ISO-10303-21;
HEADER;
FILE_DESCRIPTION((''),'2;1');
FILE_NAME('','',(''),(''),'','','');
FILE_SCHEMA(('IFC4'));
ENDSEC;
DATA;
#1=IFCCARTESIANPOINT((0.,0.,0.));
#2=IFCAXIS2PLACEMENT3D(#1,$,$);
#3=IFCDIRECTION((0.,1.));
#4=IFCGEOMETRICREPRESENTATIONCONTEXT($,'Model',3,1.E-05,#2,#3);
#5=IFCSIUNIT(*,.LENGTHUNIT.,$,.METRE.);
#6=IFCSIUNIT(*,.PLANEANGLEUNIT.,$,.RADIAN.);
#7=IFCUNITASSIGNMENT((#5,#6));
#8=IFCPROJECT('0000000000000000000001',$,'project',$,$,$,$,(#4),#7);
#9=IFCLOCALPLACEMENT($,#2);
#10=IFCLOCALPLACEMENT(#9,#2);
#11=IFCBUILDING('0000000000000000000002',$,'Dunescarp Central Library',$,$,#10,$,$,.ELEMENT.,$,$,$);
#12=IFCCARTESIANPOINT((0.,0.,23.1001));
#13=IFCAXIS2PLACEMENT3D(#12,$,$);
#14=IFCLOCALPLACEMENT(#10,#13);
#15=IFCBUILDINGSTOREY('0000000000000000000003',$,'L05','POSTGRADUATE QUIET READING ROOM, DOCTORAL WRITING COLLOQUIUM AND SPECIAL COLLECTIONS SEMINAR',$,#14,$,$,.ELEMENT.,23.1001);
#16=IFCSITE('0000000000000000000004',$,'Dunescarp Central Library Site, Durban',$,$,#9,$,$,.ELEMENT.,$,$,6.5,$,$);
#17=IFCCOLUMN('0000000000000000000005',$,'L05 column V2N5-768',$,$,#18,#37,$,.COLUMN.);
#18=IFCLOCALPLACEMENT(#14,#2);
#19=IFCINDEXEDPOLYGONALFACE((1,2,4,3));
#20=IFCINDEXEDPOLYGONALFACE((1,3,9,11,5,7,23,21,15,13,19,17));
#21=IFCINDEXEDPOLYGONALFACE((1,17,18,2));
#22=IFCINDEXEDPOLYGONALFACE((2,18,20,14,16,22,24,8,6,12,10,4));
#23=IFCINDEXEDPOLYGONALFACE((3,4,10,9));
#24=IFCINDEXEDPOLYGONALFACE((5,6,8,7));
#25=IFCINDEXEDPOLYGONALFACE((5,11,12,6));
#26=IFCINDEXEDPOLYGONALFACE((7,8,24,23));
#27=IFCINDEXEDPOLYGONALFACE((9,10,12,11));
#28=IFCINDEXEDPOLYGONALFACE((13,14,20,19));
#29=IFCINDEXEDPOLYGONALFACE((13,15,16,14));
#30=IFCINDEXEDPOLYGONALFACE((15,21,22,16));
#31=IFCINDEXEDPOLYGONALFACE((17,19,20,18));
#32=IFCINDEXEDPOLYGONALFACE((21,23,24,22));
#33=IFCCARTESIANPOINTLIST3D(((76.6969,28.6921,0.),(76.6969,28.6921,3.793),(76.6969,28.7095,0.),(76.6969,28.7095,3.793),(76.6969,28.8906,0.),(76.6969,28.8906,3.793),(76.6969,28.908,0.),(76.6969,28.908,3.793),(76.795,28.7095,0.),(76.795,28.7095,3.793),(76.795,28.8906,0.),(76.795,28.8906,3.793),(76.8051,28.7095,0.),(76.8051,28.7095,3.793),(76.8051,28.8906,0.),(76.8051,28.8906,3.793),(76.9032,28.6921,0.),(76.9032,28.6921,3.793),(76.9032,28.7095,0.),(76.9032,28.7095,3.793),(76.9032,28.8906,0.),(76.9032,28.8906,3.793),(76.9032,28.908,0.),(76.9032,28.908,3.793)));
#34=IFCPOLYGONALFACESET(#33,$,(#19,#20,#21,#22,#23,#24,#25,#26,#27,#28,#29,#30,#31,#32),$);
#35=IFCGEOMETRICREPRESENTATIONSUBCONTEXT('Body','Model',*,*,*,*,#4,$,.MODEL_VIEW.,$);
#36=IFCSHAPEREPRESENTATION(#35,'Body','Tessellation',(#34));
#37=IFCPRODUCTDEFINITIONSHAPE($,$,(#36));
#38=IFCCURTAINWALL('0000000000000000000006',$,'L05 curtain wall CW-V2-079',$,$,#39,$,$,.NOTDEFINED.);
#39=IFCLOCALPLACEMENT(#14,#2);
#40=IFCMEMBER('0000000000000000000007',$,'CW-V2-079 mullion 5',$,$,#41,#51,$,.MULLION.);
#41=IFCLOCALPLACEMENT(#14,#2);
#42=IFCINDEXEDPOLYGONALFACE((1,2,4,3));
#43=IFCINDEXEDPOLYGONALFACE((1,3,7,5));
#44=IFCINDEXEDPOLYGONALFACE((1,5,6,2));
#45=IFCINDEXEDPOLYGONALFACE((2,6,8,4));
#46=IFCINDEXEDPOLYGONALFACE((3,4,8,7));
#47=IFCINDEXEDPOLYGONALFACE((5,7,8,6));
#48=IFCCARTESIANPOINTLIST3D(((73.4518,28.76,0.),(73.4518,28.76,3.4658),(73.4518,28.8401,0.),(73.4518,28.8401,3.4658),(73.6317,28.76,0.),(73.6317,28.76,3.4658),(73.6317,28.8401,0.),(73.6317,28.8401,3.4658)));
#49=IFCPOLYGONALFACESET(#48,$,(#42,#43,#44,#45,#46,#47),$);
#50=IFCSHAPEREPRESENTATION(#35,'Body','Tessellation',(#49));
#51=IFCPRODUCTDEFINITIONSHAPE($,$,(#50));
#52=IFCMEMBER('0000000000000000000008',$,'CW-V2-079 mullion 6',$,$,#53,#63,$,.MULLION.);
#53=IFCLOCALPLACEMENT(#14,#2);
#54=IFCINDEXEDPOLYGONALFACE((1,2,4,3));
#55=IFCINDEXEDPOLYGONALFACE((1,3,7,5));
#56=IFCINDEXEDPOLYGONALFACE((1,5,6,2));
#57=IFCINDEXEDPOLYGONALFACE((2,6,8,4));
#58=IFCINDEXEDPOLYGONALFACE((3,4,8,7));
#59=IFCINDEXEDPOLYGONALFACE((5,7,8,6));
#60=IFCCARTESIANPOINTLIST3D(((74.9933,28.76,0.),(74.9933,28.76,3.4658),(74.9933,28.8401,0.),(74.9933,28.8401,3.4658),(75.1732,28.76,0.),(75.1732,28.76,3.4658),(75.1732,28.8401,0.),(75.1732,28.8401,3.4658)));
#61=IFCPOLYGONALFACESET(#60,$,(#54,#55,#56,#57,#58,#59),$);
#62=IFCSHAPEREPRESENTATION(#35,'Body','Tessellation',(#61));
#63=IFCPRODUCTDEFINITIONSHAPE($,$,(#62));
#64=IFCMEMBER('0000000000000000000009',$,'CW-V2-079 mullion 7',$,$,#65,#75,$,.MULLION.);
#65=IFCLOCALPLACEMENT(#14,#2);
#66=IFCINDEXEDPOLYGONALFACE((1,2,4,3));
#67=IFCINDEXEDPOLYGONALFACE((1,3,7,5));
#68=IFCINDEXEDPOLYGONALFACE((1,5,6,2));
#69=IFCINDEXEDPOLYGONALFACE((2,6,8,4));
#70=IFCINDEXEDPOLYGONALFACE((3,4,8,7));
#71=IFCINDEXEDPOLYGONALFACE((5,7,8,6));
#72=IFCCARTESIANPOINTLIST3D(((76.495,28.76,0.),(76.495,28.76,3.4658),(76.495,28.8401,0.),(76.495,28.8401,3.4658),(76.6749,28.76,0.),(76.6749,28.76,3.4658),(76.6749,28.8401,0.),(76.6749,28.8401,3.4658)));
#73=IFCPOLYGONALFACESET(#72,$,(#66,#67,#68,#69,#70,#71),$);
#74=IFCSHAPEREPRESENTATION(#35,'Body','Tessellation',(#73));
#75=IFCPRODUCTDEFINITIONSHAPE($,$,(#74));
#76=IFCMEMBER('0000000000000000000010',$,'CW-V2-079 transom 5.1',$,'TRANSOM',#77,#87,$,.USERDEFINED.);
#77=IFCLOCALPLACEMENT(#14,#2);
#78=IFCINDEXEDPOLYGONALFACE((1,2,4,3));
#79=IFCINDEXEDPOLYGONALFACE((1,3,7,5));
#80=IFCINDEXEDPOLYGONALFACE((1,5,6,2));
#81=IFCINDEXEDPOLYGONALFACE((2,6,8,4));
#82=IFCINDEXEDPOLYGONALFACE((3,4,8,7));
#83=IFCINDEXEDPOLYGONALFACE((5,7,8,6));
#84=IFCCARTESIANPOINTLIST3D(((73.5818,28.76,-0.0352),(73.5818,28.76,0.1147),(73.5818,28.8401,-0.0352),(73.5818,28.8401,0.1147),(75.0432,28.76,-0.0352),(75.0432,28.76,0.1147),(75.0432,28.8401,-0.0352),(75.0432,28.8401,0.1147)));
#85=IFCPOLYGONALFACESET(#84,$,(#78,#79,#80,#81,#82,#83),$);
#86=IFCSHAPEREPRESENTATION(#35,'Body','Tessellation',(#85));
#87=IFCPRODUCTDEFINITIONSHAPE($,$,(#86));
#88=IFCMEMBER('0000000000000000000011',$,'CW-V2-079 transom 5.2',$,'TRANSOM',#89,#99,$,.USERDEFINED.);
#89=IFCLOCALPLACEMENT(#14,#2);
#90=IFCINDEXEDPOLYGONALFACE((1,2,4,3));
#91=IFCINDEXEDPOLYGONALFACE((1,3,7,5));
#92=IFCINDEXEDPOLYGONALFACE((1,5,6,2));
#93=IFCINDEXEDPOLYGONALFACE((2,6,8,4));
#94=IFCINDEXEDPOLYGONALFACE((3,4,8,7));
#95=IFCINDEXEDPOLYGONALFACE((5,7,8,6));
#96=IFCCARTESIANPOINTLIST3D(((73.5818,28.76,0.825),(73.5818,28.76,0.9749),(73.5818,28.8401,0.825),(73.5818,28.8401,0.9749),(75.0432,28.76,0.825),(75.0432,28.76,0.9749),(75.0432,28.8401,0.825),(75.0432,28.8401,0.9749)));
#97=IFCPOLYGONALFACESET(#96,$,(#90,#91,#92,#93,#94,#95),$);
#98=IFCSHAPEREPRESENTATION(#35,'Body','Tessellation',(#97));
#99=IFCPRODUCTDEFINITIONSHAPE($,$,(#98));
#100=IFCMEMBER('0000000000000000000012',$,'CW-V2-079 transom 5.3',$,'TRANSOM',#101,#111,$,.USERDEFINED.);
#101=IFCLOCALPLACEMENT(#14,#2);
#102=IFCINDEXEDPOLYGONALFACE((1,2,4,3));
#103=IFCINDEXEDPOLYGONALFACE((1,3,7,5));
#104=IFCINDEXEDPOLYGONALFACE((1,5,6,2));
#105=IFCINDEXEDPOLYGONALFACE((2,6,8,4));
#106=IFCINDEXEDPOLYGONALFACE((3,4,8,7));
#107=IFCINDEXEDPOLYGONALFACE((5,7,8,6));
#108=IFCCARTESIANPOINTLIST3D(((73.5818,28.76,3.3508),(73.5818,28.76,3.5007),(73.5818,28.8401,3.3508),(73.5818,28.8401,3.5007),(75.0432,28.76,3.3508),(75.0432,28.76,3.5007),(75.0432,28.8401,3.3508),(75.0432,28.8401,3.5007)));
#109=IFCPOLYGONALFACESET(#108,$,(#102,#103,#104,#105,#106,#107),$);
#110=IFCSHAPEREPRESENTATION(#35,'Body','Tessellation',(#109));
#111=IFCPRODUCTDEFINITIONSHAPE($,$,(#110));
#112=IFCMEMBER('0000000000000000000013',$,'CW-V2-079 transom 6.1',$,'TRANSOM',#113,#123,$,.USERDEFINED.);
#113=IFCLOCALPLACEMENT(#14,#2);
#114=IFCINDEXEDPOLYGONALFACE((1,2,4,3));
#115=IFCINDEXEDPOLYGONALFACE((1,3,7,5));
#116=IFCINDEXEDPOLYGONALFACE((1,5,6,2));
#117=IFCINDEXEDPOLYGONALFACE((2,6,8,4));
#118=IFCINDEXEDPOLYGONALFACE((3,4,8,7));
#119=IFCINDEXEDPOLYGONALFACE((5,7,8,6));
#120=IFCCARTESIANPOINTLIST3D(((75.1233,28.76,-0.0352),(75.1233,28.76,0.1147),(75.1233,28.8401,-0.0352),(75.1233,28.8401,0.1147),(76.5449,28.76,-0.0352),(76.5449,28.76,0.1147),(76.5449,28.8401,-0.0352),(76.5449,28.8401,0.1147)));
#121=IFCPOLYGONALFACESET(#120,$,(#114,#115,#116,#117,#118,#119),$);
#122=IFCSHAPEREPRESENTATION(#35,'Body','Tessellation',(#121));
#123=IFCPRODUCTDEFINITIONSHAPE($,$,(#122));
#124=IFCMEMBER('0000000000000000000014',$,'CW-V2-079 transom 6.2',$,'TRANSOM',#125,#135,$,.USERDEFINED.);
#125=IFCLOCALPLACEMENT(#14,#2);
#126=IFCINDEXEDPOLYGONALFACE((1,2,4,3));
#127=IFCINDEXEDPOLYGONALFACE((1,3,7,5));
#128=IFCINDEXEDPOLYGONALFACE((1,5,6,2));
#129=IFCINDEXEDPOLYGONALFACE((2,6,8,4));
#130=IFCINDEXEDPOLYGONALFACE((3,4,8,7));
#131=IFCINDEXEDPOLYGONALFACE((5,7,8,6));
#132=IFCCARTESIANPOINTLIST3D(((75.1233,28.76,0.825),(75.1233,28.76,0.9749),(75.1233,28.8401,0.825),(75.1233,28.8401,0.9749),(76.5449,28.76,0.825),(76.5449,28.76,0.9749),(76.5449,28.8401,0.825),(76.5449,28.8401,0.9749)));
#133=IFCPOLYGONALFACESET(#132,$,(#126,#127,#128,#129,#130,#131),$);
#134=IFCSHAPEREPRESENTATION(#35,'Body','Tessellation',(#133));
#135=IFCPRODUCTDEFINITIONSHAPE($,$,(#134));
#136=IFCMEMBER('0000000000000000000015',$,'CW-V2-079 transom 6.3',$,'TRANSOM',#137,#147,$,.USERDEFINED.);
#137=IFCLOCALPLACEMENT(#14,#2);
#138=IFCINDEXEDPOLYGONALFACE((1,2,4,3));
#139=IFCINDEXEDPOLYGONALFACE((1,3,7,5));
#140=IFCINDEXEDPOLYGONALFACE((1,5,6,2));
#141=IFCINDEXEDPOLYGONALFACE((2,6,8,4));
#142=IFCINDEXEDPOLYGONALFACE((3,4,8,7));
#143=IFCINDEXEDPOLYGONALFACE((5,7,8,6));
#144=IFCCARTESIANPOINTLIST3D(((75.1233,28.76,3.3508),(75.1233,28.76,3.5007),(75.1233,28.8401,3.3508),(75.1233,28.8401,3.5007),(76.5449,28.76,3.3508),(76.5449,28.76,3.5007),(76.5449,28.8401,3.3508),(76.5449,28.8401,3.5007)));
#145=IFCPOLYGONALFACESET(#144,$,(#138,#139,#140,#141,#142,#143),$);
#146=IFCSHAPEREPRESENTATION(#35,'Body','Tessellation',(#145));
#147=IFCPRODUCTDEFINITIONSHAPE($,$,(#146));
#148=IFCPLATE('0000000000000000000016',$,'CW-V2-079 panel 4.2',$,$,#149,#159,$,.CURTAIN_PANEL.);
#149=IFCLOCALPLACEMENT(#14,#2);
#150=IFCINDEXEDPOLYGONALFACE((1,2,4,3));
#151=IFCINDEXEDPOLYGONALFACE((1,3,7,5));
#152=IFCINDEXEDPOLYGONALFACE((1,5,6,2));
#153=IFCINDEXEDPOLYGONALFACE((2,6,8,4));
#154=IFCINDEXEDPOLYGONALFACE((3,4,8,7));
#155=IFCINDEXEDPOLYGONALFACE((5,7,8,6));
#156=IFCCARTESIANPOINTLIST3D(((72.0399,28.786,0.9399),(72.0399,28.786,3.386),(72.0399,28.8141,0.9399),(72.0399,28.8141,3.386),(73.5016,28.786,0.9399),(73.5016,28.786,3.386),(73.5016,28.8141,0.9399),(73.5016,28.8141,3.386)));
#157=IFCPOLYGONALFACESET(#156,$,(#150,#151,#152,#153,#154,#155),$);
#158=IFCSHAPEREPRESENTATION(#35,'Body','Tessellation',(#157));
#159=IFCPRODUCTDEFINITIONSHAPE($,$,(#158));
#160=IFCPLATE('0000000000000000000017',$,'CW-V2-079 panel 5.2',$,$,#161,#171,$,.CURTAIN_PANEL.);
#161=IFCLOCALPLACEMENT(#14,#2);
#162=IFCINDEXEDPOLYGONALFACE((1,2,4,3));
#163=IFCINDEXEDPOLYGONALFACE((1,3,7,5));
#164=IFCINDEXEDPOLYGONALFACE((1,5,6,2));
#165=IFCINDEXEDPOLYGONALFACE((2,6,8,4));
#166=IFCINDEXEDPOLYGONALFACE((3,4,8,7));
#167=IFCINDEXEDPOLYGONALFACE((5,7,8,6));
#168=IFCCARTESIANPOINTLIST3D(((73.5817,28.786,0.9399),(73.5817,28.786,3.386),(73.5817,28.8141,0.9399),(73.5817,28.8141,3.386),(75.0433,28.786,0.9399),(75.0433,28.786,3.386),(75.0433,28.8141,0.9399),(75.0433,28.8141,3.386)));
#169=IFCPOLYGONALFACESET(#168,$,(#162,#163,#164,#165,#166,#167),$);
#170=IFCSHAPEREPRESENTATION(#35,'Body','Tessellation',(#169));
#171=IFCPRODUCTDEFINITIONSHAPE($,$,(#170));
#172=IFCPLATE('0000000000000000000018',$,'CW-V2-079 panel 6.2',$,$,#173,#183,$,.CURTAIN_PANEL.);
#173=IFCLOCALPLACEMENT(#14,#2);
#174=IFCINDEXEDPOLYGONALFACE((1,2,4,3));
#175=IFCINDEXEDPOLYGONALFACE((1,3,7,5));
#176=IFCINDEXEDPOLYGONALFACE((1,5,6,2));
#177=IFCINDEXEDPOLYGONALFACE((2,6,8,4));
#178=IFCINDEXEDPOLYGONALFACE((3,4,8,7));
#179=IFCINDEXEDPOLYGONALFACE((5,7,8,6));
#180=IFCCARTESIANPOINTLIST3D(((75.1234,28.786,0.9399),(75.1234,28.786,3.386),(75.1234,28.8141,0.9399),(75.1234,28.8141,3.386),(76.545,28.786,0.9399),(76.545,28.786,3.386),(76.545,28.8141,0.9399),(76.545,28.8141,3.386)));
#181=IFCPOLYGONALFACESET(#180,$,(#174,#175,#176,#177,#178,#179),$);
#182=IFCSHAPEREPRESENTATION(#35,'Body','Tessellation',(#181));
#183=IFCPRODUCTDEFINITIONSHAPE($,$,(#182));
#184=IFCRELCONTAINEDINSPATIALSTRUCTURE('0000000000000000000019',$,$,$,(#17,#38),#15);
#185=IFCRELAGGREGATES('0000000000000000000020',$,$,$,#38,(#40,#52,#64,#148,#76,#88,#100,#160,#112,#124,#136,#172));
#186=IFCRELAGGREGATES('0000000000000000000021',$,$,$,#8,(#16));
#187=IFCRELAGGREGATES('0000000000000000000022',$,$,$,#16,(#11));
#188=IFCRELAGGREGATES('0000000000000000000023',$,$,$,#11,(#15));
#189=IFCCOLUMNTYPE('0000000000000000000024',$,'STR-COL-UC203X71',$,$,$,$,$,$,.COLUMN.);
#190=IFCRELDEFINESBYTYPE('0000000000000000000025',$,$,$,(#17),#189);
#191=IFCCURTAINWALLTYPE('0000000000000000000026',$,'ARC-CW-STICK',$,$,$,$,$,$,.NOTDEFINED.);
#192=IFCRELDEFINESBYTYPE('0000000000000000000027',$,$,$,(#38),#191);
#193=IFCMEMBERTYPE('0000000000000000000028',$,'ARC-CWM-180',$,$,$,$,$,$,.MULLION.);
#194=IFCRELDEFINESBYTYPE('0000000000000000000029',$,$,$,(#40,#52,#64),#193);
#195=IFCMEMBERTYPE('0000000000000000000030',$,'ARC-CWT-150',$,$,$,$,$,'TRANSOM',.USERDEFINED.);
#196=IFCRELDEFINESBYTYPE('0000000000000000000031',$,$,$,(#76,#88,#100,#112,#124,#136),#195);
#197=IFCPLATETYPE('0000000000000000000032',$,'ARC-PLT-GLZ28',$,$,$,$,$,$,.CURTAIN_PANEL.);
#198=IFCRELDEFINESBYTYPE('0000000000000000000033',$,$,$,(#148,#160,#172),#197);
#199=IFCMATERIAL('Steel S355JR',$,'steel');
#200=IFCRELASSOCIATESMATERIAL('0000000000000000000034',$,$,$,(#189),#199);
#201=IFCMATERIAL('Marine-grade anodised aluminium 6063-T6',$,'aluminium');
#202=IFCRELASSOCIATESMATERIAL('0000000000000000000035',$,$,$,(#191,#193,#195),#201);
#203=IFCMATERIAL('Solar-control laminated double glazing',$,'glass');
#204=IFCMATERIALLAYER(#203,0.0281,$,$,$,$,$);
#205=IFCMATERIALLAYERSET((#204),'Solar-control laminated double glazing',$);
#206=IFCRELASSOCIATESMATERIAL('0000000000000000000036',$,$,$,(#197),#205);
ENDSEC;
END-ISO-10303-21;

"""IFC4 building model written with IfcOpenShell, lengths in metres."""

from ifc_helpers import new_model, si_unit, direction, frame, origin, origin_2d, place, context, subcontext, project, spatial, rectangle, i_section, extrude, material, layer, layer_set, material_profile, profile_set, type_object, element, aggregate, save


model = new_model("IFC4")

# Units and contexts
model_context = context("Model", 3, precision=1e-05, world=origin(), true_north=direction((0.0, 1.0)))
body_context = subcontext(model_context, "Body", "Model", "MODEL_VIEW")
ifc_project = project(units=[si_unit("LENGTHUNIT", "METRE"), si_unit("PLANEANGLEUNIT", "RADIAN")], contexts=[model_context])

# Site, building, storey
site_placement = place(None, origin())
site = spatial("IfcSite", under=ifc_project, at=site_placement, Name="Dunescarp Central Library Site, Durban", CompositionType="ELEMENT", RefElevation=6.5)
building_placement = place(site_placement, origin())
building = spatial("IfcBuilding", under=site, at=building_placement, Name="Dunescarp Central Library", CompositionType="ELEMENT")
storey_placement = place(building_placement, frame((0.0, 0.0, 23.1001)))
storey = spatial("IfcBuildingStorey", under=building, at=storey_placement, Name="L05", Description="POSTGRADUATE QUIET READING ROOM, DOCTORAL WRITING COLLOQUIUM AND SPECIAL COLLECTIONS SEMINAR", CompositionType="ELEMENT", Elevation=23.1001)

# Column
ifc_material_1 = material(Name="Steel S355JR", Category="steel")
ifc_material_profile_1 = material_profile(ifc_material_1, i_section(OverallWidth=0.2063, OverallDepth=0.2158, WebThickness=0.01, FlangeThickness=0.0173, at=origin_2d()), Name="UC 203x203x71")
ifc_profile_set_1 = profile_set([ifc_material_profile_1], Name="Steel S355JR")
column_type = type_object("IfcColumnType", Name="STR-COL-UC203X71", PredefinedType="COLUMN", material=ifc_profile_set_1)
column_placement = place(storey_placement, frame((76.8, 28.8, 0.0), z_axis=(0.0, 0.0, 1.0), x_axis=(1.0, 0.0, 0.0)))
element("IfcColumn", 1, at=column_placement, inside=storey, type_object=column_type, Name="L05 column V2N5-768", PredefinedType="COLUMN", context=body_context, shape_type="SweptSolid", body=[
    extrude(i_section(OverallWidth=0.2063, OverallDepth=0.2158, WebThickness=0.01, FlangeThickness=0.0173, at=origin_2d()), origin(), (0.0, 0.0, 1.0), 3.793),
])

# Curtain wall, members, plates
ifc_material_2 = material(Name="Marine-grade anodised aluminium 6063-T6", Category="aluminium")
curtain_wall_type = type_object("IfcCurtainWallType", Name="ARC-CW-STICK", PredefinedType="NOTDEFINED", material=ifc_material_2)
curtain_wall_placement = place(storey_placement, origin())
curtain_wall = element("IfcCurtainWall", 2, at=curtain_wall_placement, inside=storey, type_object=curtain_wall_type, Name="L05 curtain wall CW-V2-079", PredefinedType="NOTDEFINED")
ifc_material_profile_2 = material_profile(ifc_material_2, rectangle(XDim=0.0801, YDim=0.1799, at=origin_2d()), Name="AL 80x180")
ifc_profile_set_2 = profile_set([ifc_material_profile_2], Name="Marine-grade anodised aluminium 6063-T6")
member_type_1 = type_object("IfcMemberType", Name="ARC-CWM-180", PredefinedType="MULLION", material=ifc_profile_set_2)
member_1_placement = place(storey_placement, frame((73.5417, 28.8, 0.0), z_axis=(0.0, 0.0, 1.0), x_axis=(0.0, 1.0, 0.0)))
member_1 = element("IfcMember", 3, at=member_1_placement, type_object=member_type_1, Name="CW-V2-079 mullion 5", PredefinedType="MULLION", context=body_context, shape_type="SweptSolid", body=[
    extrude(rectangle(XDim=0.0801, YDim=0.1799, at=origin_2d()), origin(), (0.0, 0.0, 1.0), 3.4658),
])
member_2_placement = place(storey_placement, frame((75.0833, 28.8, 0.0), z_axis=(0.0, 0.0, 1.0), x_axis=(0.0, 1.0, 0.0)))
member_2 = element("IfcMember", 4, at=member_2_placement, type_object=member_type_1, Name="CW-V2-079 mullion 6", PredefinedType="MULLION", context=body_context, shape_type="SweptSolid", body=[
    extrude(rectangle(XDim=0.0801, YDim=0.1799, at=origin_2d()), origin(), (0.0, 0.0, 1.0), 3.4658),
])
member_3_placement = place(storey_placement, frame((76.585, 28.8, 0.0), z_axis=(0.0, 0.0, 1.0), x_axis=(0.0, 1.0, 0.0)))
member_3 = element("IfcMember", 5, at=member_3_placement, type_object=member_type_1, Name="CW-V2-079 mullion 7", PredefinedType="MULLION", context=body_context, shape_type="SweptSolid", body=[
    extrude(rectangle(XDim=0.0801, YDim=0.1799, at=origin_2d()), origin(), (0.0, 0.0, 1.0), 3.4658),
])
ifc_material_profile_3 = material_profile(ifc_material_2, rectangle(XDim=0.0801, YDim=0.1499, at=origin_2d()), Name="AL 80x150")
ifc_profile_set_3 = profile_set([ifc_material_profile_3], Name="Marine-grade anodised aluminium 6063-T6")
member_type_2 = type_object("IfcMemberType", Name="ARC-CWT-150", ElementType="TRANSOM", PredefinedType="USERDEFINED", material=ifc_profile_set_3)
member_4_placement = place(storey_placement, frame((73.5818, 28.8, 0.0398), z_axis=(1.0, 0.0, 0.0), x_axis=(0.0, 1.0, 0.0)))
member_4 = element("IfcMember", 6, at=member_4_placement, type_object=member_type_2, Name="CW-V2-079 transom 5.1", ObjectType="TRANSOM", PredefinedType="USERDEFINED", context=body_context, shape_type="SweptSolid", body=[
    extrude(rectangle(XDim=0.0801, YDim=0.1499, at=origin_2d()), origin(), (0.0, 0.0, 1.0), 1.4614),
])
member_5_placement = place(storey_placement, frame((73.5818, 28.8, 0.8999), z_axis=(1.0, 0.0, 0.0), x_axis=(0.0, 1.0, 0.0)))
member_5 = element("IfcMember", 7, at=member_5_placement, type_object=member_type_2, Name="CW-V2-079 transom 5.2", ObjectType="TRANSOM", PredefinedType="USERDEFINED", context=body_context, shape_type="SweptSolid", body=[
    extrude(rectangle(XDim=0.0801, YDim=0.1499, at=origin_2d()), origin(), (0.0, 0.0, 1.0), 1.4614),
])
member_6_placement = place(storey_placement, frame((73.5818, 28.8, 3.4258), z_axis=(1.0, 0.0, 0.0), x_axis=(0.0, 1.0, 0.0)))
member_6 = element("IfcMember", 8, at=member_6_placement, type_object=member_type_2, Name="CW-V2-079 transom 5.3", ObjectType="TRANSOM", PredefinedType="USERDEFINED", context=body_context, shape_type="SweptSolid", body=[
    extrude(rectangle(XDim=0.0801, YDim=0.1499, at=origin_2d()), origin(), (0.0, 0.0, 1.0), 1.4614),
])
member_7_placement = place(storey_placement, frame((75.1233, 28.8, 0.0398), z_axis=(1.0, 0.0, 0.0), x_axis=(0.0, 1.0, 0.0)))
member_7 = element("IfcMember", 9, at=member_7_placement, type_object=member_type_2, Name="CW-V2-079 transom 6.1", ObjectType="TRANSOM", PredefinedType="USERDEFINED", context=body_context, shape_type="SweptSolid", body=[
    extrude(rectangle(XDim=0.0801, YDim=0.1499, at=origin_2d()), origin(), (0.0, 0.0, 1.0), 1.4216),
])
member_8_placement = place(storey_placement, frame((75.1233, 28.8, 0.8999), z_axis=(1.0, 0.0, 0.0), x_axis=(0.0, 1.0, 0.0)))
member_8 = element("IfcMember", 10, at=member_8_placement, type_object=member_type_2, Name="CW-V2-079 transom 6.2", ObjectType="TRANSOM", PredefinedType="USERDEFINED", context=body_context, shape_type="SweptSolid", body=[
    extrude(rectangle(XDim=0.0801, YDim=0.1499, at=origin_2d()), origin(), (0.0, 0.0, 1.0), 1.4216),
])
member_9_placement = place(storey_placement, frame((75.1233, 28.8, 3.4258), z_axis=(1.0, 0.0, 0.0), x_axis=(0.0, 1.0, 0.0)))
member_9 = element("IfcMember", 11, at=member_9_placement, type_object=member_type_2, Name="CW-V2-079 transom 6.3", ObjectType="TRANSOM", PredefinedType="USERDEFINED", context=body_context, shape_type="SweptSolid", body=[
    extrude(rectangle(XDim=0.0801, YDim=0.1499, at=origin_2d()), origin(), (0.0, 0.0, 1.0), 1.4216),
])
ifc_material_3 = material(Name="Solar-control laminated double glazing", Category="glass")
ifc_layer_1 = layer(ifc_material_3, 0.0281)
ifc_layer_set_1 = layer_set([ifc_layer_1], Name="Solar-control laminated double glazing")
plate_type_1 = type_object("IfcPlateType", Name="ARC-PLT-GLZ28", PredefinedType="CURTAIN_PANEL", material=ifc_layer_set_1)
plate_1_placement = place(storey_placement, frame((72.7708, 28.8, 0.9399), z_axis=(0.0, 0.0, 1.0), x_axis=(1.0, 0.0, 0.0)))
plate_1 = element("IfcPlate", 12, at=plate_1_placement, type_object=plate_type_1, Name="CW-V2-079 panel 4.2", PredefinedType="CURTAIN_PANEL", context=body_context, shape_type="SweptSolid", body=[
    extrude(rectangle(XDim=1.4617, YDim=0.0281, at=origin_2d()), origin(), (0.0, 0.0, 1.0), 2.446),
])
plate_2_placement = place(storey_placement, frame((74.3125, 28.8, 0.9399), z_axis=(0.0, 0.0, 1.0), x_axis=(1.0, 0.0, 0.0)))
plate_2 = element("IfcPlate", 13, at=plate_2_placement, type_object=plate_type_1, Name="CW-V2-079 panel 5.2", PredefinedType="CURTAIN_PANEL", context=body_context, shape_type="SweptSolid", body=[
    extrude(rectangle(XDim=1.4617, YDim=0.0281, at=origin_2d()), origin(), (0.0, 0.0, 1.0), 2.446),
])
plate_3_placement = place(storey_placement, frame((75.8342, 28.8, 0.9399), z_axis=(0.0, 0.0, 1.0), x_axis=(1.0, 0.0, 0.0)))
plate_3 = element("IfcPlate", 14, at=plate_3_placement, type_object=plate_type_1, Name="CW-V2-079 panel 6.2", PredefinedType="CURTAIN_PANEL", context=body_context, shape_type="SweptSolid", body=[
    extrude(rectangle(XDim=1.4216, YDim=0.0281, at=origin_2d()), origin(), (0.0, 0.0, 1.0), 2.446),
])
aggregate(curtain_wall, [member_1, member_2, member_3, plate_1, member_4, member_5, member_6, plate_2, member_7, member_8, member_9, plate_3])

save(model, "model.ifc")
